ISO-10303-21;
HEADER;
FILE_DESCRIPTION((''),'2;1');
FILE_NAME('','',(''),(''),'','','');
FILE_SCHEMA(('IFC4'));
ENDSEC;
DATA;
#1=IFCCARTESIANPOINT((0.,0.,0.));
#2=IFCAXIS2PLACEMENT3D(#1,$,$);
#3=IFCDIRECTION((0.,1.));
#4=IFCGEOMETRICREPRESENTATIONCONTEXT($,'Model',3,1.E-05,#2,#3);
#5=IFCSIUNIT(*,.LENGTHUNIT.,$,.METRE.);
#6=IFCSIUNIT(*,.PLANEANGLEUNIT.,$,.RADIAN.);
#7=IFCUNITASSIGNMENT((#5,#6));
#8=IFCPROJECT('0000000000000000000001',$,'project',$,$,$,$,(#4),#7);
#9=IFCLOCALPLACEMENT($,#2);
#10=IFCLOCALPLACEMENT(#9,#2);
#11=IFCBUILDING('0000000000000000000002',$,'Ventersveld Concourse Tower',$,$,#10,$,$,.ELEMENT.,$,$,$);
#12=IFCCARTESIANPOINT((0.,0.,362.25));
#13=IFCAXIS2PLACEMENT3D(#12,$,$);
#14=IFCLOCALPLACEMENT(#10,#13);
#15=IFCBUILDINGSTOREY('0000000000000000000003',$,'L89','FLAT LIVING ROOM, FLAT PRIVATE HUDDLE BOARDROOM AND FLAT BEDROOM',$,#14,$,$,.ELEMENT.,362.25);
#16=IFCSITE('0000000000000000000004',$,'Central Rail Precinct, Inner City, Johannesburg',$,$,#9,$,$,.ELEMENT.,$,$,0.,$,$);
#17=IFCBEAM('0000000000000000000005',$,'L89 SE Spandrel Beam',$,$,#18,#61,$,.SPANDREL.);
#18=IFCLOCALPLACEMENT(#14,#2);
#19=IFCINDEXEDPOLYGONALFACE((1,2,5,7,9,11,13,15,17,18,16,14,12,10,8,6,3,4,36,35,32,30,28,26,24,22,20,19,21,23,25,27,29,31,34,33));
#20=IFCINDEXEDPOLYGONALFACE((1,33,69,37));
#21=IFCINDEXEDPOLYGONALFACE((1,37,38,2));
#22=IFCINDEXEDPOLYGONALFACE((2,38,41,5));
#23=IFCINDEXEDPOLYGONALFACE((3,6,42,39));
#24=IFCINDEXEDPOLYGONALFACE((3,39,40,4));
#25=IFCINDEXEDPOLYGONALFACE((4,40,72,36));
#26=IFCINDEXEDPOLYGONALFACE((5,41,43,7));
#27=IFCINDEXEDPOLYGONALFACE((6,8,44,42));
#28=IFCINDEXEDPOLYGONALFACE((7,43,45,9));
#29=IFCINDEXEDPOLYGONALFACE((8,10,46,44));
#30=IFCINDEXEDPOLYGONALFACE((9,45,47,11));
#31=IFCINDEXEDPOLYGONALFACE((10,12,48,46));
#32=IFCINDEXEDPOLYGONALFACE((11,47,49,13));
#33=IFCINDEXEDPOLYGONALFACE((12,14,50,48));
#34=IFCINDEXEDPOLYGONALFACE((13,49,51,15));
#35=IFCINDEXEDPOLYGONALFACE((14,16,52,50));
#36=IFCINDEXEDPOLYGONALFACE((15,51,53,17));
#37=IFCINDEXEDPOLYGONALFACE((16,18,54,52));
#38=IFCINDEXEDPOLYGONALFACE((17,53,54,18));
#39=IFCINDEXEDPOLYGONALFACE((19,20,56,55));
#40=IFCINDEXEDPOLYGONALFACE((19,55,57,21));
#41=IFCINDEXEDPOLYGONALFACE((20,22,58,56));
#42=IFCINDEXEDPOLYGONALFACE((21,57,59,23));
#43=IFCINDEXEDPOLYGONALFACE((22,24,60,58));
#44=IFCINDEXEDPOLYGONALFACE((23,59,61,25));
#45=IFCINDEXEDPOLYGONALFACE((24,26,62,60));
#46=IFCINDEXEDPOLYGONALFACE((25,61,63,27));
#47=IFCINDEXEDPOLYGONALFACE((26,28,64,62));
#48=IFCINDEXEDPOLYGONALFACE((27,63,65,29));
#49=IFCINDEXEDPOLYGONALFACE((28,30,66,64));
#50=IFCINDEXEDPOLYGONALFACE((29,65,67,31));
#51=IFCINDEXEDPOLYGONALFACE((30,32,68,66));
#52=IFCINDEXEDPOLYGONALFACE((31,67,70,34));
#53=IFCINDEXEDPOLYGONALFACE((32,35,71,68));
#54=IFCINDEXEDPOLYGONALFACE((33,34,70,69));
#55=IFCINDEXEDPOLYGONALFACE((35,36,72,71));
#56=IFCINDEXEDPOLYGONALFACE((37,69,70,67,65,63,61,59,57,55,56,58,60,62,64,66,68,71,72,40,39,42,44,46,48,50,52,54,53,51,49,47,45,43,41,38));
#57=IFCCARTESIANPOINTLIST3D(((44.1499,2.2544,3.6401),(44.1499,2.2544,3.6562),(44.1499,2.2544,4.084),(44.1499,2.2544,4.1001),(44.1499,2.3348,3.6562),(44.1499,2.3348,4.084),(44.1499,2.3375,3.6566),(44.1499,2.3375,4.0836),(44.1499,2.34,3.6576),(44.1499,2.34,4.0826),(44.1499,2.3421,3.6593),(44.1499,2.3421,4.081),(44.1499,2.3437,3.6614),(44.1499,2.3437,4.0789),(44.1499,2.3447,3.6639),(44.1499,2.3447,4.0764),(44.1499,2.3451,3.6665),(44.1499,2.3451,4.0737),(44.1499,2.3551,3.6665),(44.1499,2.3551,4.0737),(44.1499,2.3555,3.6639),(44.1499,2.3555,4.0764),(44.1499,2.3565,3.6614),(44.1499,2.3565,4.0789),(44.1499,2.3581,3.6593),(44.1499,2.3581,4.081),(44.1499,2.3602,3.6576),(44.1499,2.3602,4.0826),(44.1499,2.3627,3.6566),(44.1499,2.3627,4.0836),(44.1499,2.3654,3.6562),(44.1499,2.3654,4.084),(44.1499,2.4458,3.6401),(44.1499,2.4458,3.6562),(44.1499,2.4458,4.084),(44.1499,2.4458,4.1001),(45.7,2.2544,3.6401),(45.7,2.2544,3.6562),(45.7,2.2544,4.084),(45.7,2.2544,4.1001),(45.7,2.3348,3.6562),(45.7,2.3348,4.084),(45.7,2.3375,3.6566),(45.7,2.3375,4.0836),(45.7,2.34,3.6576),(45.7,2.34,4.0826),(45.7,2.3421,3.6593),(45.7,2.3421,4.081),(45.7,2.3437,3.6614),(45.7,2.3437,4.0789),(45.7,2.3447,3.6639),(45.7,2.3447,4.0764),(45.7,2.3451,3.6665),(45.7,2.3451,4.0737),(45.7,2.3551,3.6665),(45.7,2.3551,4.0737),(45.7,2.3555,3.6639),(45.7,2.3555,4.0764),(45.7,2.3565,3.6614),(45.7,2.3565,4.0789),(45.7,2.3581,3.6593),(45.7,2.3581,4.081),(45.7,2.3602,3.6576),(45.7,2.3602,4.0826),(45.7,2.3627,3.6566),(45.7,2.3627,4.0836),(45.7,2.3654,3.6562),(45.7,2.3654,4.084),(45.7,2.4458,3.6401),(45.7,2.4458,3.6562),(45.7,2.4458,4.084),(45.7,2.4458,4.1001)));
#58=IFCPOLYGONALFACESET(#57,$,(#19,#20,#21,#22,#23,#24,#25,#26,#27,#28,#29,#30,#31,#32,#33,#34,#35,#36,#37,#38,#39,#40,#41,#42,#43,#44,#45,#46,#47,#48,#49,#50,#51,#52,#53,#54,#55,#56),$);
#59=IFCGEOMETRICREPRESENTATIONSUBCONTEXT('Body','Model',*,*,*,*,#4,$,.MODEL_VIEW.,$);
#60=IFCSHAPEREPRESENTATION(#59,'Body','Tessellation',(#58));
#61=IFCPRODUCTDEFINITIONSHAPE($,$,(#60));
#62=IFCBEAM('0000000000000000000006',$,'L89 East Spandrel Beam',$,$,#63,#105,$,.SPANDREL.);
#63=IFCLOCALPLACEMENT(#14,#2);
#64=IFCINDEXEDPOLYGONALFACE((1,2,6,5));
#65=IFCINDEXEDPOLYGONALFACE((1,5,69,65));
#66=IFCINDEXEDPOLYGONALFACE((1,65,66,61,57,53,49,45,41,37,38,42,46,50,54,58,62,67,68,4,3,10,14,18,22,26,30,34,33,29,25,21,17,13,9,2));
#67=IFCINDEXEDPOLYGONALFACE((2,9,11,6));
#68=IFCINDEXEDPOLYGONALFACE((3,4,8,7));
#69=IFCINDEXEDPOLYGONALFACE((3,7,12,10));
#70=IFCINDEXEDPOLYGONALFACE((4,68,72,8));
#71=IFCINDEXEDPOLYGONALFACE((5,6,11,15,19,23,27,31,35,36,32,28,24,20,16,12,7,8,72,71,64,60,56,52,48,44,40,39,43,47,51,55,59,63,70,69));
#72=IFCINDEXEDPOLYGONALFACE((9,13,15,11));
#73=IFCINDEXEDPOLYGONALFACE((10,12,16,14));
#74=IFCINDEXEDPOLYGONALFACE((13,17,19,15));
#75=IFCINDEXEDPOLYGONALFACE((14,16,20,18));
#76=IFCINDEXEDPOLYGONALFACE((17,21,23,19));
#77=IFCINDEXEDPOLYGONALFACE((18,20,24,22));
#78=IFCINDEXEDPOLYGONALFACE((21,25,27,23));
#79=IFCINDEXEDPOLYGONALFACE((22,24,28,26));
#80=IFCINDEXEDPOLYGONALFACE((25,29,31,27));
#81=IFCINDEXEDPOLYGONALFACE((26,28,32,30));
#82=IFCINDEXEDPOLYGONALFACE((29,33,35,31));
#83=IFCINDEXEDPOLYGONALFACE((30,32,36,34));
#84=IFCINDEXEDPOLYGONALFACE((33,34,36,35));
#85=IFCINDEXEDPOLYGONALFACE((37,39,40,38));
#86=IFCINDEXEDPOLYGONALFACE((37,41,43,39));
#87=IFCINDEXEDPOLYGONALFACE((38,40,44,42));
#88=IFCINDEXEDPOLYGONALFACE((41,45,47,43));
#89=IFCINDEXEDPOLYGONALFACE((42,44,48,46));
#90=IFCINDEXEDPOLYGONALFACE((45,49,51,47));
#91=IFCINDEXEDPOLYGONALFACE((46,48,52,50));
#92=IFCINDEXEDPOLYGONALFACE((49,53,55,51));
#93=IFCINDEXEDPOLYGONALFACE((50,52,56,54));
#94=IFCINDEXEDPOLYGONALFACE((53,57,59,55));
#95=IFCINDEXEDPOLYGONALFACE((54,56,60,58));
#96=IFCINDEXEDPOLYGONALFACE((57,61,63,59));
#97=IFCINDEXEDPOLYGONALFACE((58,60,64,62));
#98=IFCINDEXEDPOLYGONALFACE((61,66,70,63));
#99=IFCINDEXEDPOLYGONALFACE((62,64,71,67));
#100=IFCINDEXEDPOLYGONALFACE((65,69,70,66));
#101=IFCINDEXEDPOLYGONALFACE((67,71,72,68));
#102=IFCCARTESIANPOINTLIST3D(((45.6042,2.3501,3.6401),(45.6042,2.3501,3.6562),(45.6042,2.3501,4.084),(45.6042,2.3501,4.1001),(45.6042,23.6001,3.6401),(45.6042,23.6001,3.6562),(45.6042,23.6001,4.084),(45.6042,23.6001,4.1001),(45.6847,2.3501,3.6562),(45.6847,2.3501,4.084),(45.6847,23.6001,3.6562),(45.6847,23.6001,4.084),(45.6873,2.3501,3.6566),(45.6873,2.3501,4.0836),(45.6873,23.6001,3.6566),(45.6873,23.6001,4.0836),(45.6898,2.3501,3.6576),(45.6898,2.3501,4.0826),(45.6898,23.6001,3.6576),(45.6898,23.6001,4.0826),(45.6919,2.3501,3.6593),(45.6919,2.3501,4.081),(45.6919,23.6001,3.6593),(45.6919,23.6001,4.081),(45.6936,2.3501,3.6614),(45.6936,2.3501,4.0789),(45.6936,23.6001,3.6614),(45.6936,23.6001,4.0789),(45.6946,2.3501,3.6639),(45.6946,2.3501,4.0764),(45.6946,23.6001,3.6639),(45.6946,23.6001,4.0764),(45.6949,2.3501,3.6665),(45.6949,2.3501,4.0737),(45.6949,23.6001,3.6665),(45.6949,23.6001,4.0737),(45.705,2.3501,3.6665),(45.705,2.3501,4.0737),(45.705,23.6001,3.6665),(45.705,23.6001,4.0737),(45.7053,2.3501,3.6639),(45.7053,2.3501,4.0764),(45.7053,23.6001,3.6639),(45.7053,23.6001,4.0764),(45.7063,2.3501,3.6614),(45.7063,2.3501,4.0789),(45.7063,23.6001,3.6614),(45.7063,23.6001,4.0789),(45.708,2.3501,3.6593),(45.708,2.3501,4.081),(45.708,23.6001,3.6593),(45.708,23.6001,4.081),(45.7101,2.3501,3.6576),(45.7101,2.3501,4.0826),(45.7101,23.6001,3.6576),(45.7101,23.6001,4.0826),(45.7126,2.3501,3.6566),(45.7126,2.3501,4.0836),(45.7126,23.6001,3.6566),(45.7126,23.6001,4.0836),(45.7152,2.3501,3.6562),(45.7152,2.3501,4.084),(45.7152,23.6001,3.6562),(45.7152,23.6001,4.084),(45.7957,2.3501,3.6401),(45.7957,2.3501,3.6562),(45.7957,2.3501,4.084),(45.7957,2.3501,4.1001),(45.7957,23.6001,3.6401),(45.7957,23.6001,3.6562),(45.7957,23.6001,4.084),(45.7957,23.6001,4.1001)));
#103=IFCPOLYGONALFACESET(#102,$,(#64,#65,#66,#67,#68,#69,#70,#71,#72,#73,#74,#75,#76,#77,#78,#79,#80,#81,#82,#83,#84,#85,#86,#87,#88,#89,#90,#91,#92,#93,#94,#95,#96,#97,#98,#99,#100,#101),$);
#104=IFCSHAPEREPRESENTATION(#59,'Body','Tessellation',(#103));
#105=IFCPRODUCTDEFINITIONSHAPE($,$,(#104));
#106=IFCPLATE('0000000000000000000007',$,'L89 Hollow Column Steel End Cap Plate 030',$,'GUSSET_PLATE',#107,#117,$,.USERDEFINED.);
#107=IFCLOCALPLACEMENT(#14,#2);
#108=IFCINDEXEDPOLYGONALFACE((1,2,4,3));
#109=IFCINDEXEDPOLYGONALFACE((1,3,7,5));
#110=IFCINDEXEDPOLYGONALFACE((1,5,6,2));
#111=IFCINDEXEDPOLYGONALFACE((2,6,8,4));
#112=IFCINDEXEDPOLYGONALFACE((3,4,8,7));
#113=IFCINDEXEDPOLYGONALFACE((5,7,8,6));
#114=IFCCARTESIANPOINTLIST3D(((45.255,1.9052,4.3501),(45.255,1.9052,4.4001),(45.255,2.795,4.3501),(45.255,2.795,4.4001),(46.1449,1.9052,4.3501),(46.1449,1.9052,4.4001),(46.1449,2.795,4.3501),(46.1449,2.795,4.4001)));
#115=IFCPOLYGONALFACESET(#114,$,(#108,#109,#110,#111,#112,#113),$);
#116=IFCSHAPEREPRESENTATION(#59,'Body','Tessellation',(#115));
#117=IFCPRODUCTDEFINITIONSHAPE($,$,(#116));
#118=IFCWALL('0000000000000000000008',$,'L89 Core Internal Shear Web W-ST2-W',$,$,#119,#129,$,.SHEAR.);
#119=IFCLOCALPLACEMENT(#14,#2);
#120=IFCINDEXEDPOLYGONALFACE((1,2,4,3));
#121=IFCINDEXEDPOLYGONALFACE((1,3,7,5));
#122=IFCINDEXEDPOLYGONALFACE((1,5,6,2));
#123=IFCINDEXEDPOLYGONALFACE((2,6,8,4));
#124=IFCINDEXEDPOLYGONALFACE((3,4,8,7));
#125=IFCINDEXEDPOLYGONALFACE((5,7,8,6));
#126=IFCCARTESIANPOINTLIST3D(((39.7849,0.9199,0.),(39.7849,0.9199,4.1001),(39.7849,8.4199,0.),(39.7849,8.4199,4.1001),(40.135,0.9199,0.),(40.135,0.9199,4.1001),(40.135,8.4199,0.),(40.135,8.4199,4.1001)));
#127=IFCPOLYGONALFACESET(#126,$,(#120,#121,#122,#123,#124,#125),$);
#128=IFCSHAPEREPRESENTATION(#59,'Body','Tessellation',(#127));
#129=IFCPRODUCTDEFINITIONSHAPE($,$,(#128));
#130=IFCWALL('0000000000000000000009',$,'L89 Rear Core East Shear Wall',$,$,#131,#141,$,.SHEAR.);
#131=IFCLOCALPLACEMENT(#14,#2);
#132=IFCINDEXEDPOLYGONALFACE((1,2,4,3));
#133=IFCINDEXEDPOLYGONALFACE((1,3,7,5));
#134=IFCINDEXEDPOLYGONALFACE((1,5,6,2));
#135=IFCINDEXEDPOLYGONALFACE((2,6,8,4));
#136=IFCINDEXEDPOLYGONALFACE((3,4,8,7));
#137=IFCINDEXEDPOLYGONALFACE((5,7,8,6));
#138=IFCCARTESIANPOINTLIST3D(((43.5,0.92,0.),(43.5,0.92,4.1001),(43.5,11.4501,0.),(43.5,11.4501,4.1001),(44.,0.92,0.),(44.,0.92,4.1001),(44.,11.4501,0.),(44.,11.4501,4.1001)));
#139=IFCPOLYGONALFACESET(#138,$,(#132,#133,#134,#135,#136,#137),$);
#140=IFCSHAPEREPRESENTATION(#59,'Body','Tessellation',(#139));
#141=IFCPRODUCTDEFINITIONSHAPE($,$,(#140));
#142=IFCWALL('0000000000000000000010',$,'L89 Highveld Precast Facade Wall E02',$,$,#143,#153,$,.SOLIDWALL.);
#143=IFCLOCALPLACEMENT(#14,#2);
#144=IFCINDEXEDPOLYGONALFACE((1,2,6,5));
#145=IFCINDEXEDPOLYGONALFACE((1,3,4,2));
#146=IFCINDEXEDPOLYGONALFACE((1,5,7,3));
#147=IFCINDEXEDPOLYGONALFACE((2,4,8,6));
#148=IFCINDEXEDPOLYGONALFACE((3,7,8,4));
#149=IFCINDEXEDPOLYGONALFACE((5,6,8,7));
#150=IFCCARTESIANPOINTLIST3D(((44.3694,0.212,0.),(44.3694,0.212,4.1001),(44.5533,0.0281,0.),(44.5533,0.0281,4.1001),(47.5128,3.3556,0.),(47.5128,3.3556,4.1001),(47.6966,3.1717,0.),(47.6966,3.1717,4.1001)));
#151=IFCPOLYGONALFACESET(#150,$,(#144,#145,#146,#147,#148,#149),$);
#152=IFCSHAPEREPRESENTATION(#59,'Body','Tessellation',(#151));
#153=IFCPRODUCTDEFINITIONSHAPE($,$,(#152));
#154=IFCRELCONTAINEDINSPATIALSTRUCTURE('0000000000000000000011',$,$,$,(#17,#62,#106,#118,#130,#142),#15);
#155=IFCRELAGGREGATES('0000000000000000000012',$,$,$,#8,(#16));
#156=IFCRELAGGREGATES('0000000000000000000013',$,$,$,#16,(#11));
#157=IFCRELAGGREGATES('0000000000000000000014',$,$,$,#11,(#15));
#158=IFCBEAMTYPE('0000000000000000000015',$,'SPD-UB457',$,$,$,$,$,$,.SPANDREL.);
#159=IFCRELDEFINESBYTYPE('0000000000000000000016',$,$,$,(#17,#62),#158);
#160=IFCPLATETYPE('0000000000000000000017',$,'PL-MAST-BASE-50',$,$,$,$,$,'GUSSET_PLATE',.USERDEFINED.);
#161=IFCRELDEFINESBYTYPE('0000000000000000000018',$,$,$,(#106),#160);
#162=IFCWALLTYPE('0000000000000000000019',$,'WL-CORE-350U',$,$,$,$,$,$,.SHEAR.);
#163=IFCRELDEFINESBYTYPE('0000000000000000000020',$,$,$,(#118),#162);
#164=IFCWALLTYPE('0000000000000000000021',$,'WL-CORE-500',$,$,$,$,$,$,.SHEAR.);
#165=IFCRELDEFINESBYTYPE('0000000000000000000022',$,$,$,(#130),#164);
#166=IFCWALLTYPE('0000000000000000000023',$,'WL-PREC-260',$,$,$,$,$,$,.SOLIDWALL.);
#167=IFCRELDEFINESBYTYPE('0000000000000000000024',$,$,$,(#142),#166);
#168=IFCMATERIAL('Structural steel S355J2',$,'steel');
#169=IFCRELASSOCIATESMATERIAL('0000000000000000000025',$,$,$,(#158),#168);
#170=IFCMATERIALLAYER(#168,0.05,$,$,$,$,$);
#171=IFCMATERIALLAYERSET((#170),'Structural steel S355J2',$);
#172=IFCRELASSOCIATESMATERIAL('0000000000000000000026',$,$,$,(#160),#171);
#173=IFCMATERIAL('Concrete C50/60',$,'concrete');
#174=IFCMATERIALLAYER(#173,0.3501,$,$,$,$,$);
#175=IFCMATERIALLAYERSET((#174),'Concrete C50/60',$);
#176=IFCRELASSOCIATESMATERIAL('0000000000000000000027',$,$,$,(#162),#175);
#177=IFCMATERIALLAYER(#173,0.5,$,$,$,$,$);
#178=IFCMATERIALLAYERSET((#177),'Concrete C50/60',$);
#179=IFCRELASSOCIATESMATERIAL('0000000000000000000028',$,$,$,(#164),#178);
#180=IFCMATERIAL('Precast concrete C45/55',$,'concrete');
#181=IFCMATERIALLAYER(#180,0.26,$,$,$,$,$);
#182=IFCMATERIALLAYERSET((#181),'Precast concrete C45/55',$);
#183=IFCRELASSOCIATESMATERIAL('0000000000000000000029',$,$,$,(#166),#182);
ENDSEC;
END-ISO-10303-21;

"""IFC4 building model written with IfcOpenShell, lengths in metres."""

from ifc_helpers import new_model, si_unit, direction, frame, frame_2d, origin, origin_2d, place, context, subcontext, project, spatial, rectangle, i_section, extrude, material, layer, layer_set, material_profile, profile_set, type_object, element, save


model = new_model("IFC4")

# Units and contexts
model_context = context("Model", 3, precision=1e-05, world=origin(), true_north=direction((0.0, 1.0)))
body_context = subcontext(model_context, "Body", "Model", "MODEL_VIEW")
ifc_project = project(units=[si_unit("LENGTHUNIT", "METRE"), si_unit("PLANEANGLEUNIT", "RADIAN")], contexts=[model_context])

# Site, building, storey
site_placement = place(None, origin())
site = spatial("IfcSite", under=ifc_project, at=site_placement, Name="Central Rail Precinct, Inner City, Johannesburg", CompositionType="ELEMENT", RefElevation=0.0)
building_placement = place(site_placement, origin())
building = spatial("IfcBuilding", under=site, at=building_placement, Name="Ventersveld Concourse Tower", CompositionType="ELEMENT")
storey_placement = place(building_placement, frame((0.0, 0.0, 362.25)))
storey = spatial("IfcBuildingStorey", under=building, at=storey_placement, Name="L89", Description="FLAT LIVING ROOM, FLAT PRIVATE HUDDLE BOARDROOM AND FLAT BEDROOM", CompositionType="ELEMENT", Elevation=362.25)

# Shared definitions
ifc_material_1 = material(Name="Concrete C50/60", Category="concrete")

# Shared definitions
ifc_material_2 = material(Name="Structural steel S355J2", Category="steel")

# Beams
ifc_material_profile_1 = material_profile(ifc_material_2, i_section(OverallWidth=0.1914, OverallDepth=0.46, WebThickness=0.01, FlangeThickness=0.0161, FilletRadius=0.0103, at=origin_2d()), Name="UB 457x191x82")
ifc_profile_set_1 = profile_set([ifc_material_profile_1], Name="Structural steel S355J2")
beam_type_1 = type_object("IfcBeamType", Name="SPD-UB457", PredefinedType="SPANDREL", material=ifc_profile_set_1)
beam_1_placement = place(storey_placement, frame((44.1499, 2.3501, 3.8701), z_axis=(1.0, 0.0, 0.0), x_axis=(0.0, 1.0, 0.0)))
element("IfcBeam", 1, at=beam_1_placement, inside=storey, type_object=beam_type_1, Name="L89 SE Spandrel Beam", PredefinedType="SPANDREL", context=body_context, shape_type="SweptSolid", body=[
    extrude(i_section(OverallWidth=0.1914, OverallDepth=0.46, WebThickness=0.01, FlangeThickness=0.0161, FilletRadius=0.0103, at=origin_2d()), origin(), (0.0, 0.0, 1.0), 1.55),
])
beam_2_placement = place(storey_placement, frame((45.7, 2.3501, 3.8701), z_axis=(0.0, 1.0, 0.0), x_axis=(-1.0, 0.0, 0.0)))
element("IfcBeam", 2, at=beam_2_placement, inside=storey, type_object=beam_type_1, Name="L89 East Spandrel Beam", PredefinedType="SPANDREL", context=body_context, shape_type="SweptSolid", body=[
    extrude(i_section(OverallWidth=0.1914, OverallDepth=0.46, WebThickness=0.01, FlangeThickness=0.0161, FilletRadius=0.0103, at=origin_2d()), origin(), (0.0, 0.0, 1.0), 21.25),
])

# Plate
ifc_layer_1 = layer(ifc_material_2, 0.05)
ifc_layer_set_1 = layer_set([ifc_layer_1], Name="Structural steel S355J2")
plate_type = type_object("IfcPlateType", Name="PL-MAST-BASE-50", ElementType="GUSSET_PLATE", PredefinedType="USERDEFINED", material=ifc_layer_set_1)
plate_placement = place(storey_placement, frame((45.7, 2.3501, 4.3501), z_axis=(0.0, 0.0, 1.0), x_axis=(1.0, 0.0, 0.0)))
element("IfcPlate", 3, at=plate_placement, inside=storey, type_object=plate_type, Name="L89 Hollow Column Steel End Cap Plate 030", ObjectType="GUSSET_PLATE", PredefinedType="USERDEFINED", context=body_context, shape_type="SweptSolid", body=[
    extrude(rectangle(XDim=0.8899, YDim=0.8899, at=origin_2d()), origin(), (0.0, 0.0, 1.0), 0.05),
])

# Walls
ifc_layer_2 = layer(ifc_material_1, 0.3501)
ifc_layer_set_2 = layer_set([ifc_layer_2], Name="Concrete C50/60")
wall_type_1 = type_object("IfcWallType", Name="WL-CORE-350U", PredefinedType="SHEAR", material=ifc_layer_set_2)
wall_1_placement = place(storey_placement, frame((39.96, 0.9199, 0.0), z_axis=(0.0, 0.0, 1.0), x_axis=(0.0, 1.0, 0.0)))
element("IfcWall", 4, at=wall_1_placement, inside=storey, type_object=wall_type_1, Name="L89 Core Internal Shear Web W-ST2-W", PredefinedType="SHEAR", context=body_context, shape_type="SweptSolid", body=[
    extrude(rectangle(XDim=7.5, YDim=0.3501, at=frame_2d((3.75, 0.0))), origin(), (0.0, 0.0, 1.0), 4.1001),
])
ifc_layer_3 = layer(ifc_material_1, 0.5)
ifc_layer_set_3 = layer_set([ifc_layer_3], Name="Concrete C50/60")
wall_type_2 = type_object("IfcWallType", Name="WL-CORE-500", PredefinedType="SHEAR", material=ifc_layer_set_3)
wall_2_placement = place(storey_placement, frame((43.75, 0.9199, 0.0), z_axis=(0.0, 0.0, 1.0), x_axis=(0.0, 1.0, 0.0)))
element("IfcWall", 5, at=wall_2_placement, inside=storey, type_object=wall_type_2, Name="L89 Rear Core East Shear Wall", PredefinedType="SHEAR", context=body_context, shape_type="SweptSolid", body=[
    extrude(rectangle(XDim=10.53, YDim=0.5, at=frame_2d((5.2651, 0.0))), origin(), (0.0, 0.0, 1.0), 4.1001),
])
ifc_material_3 = material(Name="Precast concrete C45/55", Category="concrete")
ifc_layer_4 = layer(ifc_material_3, 0.26)
ifc_layer_set_4 = layer_set([ifc_layer_4], Name="Precast concrete C45/55")
wall_type_3 = type_object("IfcWallType", Name="WL-PREC-260", PredefinedType="SOLIDWALL", material=ifc_layer_set_4)
wall_3_placement = place(storey_placement, frame((44.4614, 0.1201, 0.0), z_axis=(0.0, 0.0, 1.0), x_axis=(0.707079, 0.707134, 0.0)))
element("IfcWall", 6, at=wall_3_placement, inside=storey, type_object=wall_type_3, Name="L89 Highveld Precast Facade Wall E02", PredefinedType="SOLIDWALL", context=body_context, shape_type="SweptSolid", body=[
    extrude(rectangle(XDim=4.4456, YDim=0.26, at=frame_2d((2.2227, 0.0))), origin(), (0.0, 0.0, 1.0), 4.1001),
])

save(model, "model.ifc")
